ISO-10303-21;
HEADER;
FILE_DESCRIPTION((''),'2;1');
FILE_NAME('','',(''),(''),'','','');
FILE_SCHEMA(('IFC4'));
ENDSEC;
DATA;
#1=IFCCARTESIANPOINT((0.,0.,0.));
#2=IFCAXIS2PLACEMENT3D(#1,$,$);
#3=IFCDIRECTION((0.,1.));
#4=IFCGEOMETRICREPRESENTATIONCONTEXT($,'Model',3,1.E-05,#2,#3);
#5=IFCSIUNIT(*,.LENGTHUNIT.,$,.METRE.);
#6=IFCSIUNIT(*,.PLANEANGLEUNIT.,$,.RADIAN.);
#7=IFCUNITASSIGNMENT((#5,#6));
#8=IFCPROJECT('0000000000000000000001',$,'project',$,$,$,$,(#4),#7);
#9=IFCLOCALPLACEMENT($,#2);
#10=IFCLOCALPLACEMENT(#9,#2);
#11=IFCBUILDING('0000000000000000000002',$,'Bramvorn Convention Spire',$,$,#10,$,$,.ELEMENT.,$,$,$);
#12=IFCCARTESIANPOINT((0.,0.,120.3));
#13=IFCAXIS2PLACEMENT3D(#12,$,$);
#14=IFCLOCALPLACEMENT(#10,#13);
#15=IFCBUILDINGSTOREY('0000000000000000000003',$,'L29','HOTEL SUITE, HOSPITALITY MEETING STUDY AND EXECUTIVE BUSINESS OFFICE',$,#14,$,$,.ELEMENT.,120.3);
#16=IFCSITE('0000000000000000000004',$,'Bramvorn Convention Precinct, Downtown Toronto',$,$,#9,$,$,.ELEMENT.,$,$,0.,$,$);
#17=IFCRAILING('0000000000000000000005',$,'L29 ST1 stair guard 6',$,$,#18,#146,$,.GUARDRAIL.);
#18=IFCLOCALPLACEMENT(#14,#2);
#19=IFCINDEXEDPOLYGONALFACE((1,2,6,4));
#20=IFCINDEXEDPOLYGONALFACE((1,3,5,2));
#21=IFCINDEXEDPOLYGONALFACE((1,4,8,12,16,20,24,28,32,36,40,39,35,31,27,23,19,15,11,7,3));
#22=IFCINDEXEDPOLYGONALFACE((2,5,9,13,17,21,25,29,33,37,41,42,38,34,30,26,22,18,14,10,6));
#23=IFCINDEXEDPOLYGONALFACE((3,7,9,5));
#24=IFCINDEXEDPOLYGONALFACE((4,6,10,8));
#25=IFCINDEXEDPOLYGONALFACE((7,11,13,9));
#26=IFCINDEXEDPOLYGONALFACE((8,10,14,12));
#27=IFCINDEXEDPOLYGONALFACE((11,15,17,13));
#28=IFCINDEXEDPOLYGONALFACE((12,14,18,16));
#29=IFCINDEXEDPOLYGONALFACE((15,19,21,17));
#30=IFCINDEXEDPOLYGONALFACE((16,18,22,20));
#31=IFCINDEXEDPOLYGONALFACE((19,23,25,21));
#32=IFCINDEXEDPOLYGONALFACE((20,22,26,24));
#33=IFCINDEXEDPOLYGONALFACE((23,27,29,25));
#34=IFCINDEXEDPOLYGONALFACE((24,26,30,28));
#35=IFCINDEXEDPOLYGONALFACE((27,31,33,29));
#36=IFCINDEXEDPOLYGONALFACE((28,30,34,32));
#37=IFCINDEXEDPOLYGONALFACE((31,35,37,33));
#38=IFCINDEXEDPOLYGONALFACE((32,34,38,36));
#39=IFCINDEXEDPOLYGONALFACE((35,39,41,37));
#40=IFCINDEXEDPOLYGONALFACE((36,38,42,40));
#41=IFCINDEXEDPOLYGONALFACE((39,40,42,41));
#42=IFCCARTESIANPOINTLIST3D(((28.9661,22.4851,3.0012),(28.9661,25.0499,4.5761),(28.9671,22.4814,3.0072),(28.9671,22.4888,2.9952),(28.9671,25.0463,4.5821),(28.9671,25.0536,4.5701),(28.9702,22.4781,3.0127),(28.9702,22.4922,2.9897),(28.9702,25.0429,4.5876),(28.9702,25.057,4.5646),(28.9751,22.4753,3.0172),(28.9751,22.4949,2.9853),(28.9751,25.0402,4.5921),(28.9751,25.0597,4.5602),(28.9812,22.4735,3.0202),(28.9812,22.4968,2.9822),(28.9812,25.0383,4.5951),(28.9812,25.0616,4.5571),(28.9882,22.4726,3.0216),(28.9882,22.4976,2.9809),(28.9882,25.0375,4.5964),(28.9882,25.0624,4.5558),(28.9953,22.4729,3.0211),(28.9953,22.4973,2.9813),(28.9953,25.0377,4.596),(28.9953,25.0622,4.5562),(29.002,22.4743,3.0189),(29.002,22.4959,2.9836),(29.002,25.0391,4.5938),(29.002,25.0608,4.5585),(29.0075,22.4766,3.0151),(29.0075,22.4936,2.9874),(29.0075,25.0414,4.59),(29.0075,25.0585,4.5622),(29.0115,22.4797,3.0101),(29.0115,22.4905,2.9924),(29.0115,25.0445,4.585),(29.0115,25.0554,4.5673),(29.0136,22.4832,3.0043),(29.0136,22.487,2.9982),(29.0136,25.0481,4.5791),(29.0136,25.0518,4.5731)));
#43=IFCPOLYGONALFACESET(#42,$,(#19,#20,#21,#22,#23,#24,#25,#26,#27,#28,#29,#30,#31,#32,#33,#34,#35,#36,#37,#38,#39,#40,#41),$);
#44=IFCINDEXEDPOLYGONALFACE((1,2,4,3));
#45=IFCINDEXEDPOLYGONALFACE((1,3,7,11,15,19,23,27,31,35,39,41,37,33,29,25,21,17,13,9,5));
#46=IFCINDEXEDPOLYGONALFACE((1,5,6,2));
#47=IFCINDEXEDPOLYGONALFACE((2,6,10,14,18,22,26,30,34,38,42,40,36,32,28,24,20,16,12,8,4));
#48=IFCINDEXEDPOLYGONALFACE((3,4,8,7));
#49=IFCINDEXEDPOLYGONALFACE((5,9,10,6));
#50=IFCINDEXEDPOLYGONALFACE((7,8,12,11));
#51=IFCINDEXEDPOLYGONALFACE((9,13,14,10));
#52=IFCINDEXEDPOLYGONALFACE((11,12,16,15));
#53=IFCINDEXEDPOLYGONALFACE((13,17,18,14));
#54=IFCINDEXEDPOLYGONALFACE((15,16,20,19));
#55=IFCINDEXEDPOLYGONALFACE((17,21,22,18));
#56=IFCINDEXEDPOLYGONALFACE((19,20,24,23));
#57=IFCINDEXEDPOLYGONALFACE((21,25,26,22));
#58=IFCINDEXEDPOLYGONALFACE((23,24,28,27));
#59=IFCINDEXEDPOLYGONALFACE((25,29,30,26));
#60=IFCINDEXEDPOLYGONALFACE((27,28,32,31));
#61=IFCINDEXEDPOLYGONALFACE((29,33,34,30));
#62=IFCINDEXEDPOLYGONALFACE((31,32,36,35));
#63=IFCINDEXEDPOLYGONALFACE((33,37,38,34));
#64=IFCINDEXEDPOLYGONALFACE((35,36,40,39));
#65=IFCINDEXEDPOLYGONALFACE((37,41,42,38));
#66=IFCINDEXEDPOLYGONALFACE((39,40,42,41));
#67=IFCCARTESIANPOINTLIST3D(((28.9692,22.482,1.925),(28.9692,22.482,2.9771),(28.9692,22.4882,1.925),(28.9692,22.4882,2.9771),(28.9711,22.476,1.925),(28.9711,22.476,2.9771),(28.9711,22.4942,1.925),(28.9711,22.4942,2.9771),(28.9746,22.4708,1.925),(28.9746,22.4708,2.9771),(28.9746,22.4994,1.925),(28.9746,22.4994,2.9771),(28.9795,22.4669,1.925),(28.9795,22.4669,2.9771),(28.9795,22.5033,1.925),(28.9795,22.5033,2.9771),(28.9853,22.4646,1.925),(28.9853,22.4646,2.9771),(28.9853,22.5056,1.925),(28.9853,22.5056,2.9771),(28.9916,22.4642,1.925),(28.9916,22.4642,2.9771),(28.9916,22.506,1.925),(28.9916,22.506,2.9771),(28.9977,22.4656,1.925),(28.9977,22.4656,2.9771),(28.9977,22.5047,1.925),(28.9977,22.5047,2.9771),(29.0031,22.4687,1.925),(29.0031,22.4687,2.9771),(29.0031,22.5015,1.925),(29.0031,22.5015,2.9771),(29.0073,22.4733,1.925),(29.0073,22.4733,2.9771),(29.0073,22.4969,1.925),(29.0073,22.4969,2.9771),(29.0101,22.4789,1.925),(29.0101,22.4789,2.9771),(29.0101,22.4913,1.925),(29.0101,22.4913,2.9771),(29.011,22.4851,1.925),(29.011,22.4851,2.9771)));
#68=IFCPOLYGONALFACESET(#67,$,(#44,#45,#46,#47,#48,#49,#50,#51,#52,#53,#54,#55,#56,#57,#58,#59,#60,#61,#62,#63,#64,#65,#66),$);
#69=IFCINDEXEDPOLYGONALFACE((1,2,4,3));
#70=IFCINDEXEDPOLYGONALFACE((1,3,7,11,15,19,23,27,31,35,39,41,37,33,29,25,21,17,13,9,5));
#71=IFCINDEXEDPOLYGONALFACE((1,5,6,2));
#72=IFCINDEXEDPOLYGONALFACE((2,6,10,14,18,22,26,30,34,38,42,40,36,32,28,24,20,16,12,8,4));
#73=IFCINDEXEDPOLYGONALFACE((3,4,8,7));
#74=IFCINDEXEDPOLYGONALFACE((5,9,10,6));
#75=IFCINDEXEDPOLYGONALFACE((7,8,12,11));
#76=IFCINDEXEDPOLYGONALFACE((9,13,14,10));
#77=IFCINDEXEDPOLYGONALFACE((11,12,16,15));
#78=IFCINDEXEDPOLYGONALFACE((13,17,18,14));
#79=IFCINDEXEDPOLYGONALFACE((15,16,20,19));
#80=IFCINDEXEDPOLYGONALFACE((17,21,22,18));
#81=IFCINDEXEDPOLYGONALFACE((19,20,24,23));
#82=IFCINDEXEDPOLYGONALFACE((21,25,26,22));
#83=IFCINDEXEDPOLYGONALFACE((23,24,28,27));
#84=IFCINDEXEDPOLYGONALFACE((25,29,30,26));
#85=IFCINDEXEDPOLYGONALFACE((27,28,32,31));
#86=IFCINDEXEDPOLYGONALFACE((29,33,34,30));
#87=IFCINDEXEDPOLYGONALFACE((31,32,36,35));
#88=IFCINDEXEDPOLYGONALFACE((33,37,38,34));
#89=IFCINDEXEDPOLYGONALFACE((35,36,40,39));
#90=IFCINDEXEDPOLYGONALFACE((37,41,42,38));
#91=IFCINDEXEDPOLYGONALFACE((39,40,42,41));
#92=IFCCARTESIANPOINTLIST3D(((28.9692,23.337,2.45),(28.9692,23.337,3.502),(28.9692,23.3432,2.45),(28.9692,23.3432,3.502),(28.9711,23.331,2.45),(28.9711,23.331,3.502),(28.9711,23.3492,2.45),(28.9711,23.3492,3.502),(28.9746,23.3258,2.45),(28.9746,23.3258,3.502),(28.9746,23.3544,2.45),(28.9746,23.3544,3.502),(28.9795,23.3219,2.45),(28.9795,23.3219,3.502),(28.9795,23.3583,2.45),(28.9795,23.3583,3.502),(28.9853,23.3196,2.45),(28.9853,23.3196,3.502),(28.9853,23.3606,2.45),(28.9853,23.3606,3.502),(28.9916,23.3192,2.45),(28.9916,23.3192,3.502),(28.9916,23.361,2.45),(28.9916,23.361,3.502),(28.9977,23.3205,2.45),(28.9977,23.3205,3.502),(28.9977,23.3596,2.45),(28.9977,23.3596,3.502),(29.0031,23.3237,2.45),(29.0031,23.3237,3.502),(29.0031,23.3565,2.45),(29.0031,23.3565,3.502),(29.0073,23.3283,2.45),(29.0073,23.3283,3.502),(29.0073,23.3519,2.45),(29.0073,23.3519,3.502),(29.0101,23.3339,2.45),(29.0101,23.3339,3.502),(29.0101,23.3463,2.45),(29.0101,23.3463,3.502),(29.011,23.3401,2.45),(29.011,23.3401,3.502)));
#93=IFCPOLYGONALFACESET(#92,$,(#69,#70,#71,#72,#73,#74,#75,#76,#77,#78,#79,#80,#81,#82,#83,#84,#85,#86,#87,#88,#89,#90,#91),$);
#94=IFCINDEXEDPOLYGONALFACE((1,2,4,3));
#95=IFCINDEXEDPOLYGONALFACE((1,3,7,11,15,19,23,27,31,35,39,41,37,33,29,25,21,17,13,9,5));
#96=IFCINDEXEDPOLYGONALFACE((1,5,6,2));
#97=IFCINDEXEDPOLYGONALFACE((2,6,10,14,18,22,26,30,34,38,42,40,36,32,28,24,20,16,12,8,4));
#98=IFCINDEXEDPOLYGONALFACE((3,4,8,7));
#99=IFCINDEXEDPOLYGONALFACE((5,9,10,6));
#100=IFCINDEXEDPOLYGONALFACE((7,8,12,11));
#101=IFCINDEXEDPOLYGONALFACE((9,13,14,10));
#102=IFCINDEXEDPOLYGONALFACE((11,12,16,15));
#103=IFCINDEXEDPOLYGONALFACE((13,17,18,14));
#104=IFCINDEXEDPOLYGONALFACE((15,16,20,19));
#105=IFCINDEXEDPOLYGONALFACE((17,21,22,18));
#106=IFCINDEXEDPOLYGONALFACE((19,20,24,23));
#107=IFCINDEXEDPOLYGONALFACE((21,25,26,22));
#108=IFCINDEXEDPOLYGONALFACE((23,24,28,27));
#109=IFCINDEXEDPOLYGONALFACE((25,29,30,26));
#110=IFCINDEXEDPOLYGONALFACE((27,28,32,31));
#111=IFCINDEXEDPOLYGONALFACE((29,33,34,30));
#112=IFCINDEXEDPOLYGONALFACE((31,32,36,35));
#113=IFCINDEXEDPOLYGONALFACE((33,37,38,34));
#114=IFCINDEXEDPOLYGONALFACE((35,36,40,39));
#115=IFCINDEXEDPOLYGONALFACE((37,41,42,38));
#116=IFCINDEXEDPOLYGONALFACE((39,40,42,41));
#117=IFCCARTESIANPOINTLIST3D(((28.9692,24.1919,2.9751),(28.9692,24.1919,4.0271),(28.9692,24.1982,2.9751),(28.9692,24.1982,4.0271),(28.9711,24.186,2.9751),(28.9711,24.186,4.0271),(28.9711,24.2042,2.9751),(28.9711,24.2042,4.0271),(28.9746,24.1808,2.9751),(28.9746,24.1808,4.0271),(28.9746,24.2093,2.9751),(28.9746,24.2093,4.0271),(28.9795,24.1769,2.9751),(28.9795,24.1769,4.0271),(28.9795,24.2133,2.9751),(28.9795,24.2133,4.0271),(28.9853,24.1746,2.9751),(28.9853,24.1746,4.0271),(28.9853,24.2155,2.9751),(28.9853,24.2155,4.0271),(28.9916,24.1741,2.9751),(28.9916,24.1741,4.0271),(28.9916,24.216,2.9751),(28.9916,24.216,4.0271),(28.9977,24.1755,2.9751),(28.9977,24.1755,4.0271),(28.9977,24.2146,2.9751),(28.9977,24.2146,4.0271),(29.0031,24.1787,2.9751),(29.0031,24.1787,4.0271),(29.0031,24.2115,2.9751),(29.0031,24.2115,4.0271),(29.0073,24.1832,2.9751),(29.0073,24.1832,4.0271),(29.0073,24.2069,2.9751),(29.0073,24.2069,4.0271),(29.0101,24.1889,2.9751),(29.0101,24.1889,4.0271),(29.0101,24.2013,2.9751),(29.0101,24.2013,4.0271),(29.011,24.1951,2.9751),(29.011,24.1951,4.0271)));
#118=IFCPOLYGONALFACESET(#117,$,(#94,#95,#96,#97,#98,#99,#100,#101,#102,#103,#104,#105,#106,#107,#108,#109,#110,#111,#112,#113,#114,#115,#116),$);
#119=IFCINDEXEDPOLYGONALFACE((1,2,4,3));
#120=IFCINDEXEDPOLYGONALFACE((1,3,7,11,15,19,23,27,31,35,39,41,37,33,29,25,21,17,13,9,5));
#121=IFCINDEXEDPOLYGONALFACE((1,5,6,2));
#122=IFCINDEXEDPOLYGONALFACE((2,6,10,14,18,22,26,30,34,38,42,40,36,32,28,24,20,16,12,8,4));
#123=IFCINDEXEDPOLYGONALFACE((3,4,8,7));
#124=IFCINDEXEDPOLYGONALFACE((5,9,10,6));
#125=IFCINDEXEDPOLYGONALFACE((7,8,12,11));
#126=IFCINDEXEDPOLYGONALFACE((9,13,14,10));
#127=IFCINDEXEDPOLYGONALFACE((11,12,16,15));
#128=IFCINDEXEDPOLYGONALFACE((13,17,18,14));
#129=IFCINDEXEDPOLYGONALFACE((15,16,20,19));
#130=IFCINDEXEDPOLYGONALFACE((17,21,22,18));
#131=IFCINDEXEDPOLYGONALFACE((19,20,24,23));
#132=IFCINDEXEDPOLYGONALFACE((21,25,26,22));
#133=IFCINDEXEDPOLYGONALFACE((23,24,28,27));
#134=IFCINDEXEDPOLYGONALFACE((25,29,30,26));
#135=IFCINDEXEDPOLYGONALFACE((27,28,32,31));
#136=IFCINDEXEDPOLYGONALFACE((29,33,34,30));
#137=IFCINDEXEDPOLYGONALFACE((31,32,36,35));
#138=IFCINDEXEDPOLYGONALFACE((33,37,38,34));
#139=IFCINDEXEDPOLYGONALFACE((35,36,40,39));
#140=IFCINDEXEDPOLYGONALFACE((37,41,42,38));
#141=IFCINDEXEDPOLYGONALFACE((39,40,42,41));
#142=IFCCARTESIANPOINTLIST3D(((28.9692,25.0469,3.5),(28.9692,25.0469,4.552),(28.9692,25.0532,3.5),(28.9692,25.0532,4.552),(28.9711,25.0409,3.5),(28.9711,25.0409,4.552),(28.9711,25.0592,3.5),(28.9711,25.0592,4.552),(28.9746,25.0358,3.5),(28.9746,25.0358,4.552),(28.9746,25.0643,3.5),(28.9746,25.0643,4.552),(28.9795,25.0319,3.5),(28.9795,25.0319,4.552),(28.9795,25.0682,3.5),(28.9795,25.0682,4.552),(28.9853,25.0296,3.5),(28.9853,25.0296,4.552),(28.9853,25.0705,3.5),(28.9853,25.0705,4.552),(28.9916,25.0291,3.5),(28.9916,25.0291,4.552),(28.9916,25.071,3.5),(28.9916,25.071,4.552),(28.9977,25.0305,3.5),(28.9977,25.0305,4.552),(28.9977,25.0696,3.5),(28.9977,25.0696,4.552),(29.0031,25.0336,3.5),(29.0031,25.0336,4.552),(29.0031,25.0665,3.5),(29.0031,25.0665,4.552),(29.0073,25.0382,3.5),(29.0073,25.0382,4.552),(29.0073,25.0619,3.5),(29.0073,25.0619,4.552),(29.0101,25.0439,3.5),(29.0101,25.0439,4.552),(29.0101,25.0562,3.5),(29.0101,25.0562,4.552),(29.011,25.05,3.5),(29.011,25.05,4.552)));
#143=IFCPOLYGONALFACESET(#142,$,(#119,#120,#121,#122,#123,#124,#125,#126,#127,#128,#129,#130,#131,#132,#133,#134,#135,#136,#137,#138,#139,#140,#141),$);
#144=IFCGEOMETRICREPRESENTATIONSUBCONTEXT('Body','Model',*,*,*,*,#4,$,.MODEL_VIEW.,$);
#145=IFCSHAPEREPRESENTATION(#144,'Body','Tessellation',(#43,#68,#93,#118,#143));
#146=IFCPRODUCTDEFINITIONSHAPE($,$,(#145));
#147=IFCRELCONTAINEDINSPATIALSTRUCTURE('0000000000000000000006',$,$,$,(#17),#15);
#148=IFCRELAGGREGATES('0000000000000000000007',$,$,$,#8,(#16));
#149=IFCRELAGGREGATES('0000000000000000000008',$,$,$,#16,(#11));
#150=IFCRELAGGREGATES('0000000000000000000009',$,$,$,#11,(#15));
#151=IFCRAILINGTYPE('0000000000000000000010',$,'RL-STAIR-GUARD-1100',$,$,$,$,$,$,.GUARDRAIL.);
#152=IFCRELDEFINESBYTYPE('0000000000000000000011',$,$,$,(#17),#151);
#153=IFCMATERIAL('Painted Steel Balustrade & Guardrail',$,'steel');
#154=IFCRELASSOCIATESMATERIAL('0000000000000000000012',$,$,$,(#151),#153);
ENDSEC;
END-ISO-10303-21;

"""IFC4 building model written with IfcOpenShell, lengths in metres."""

from ifc_helpers import new_model, si_unit, direction, frame, origin, origin_2d, place, context, subcontext, project, spatial, circle, extrude, material, type_object, element, save


model = new_model("IFC4")

# Units and contexts
model_context = context("Model", 3, precision=1e-05, world=origin(), true_north=direction((0.0, 1.0)))
body_context = subcontext(model_context, "Body", "Model", "MODEL_VIEW")
ifc_project = project(units=[si_unit("LENGTHUNIT", "METRE"), si_unit("PLANEANGLEUNIT", "RADIAN")], contexts=[model_context])

# Site, building, storey
site_placement = place(None, origin())
site = spatial("IfcSite", under=ifc_project, at=site_placement, Name="Bramvorn Convention Precinct, Downtown Toronto", CompositionType="ELEMENT", RefElevation=0.0)
building_placement = place(site_placement, origin())
building = spatial("IfcBuilding", under=site, at=building_placement, Name="Bramvorn Convention Spire", CompositionType="ELEMENT")
storey_placement = place(building_placement, frame((0.0, 0.0, 120.3)))
storey = spatial("IfcBuildingStorey", under=building, at=storey_placement, Name="L29", Description="HOTEL SUITE, HOSPITALITY MEETING STUDY AND EXECUTIVE BUSINESS OFFICE", CompositionType="ELEMENT", Elevation=120.3)

# Railing
ifc_material_1 = material(Name="Painted Steel Balustrade & Guardrail", Category="steel")
railing_type_1 = type_object("IfcRailingType", Name="RL-STAIR-GUARD-1100", PredefinedType="GUARDRAIL", material=ifc_material_1)
railing_1_placement = place(storey_placement, frame((28.99, 22.4851, 1.925)))
element("IfcRailing", 1, at=railing_1_placement, inside=storey, type_object=railing_type_1, Name="L29 ST1 stair guard 6", PredefinedType="GUARDRAIL", context=body_context, shape_type="SweptSolid", body=[
    extrude(circle(Radius=0.0239, at=origin_2d()), frame((0.0, 0.0, 1.0762), z_axis=(0.0, 0.852173, 0.52326), x_axis=(-1.0, 0.0, 0.0)), (0.0, 0.0, 1.0), 3.0098),
    extrude(circle(Radius=0.021, at=origin_2d()), origin(), (0.0, 0.0, 1.0), 1.052),
    extrude(circle(Radius=0.021, at=origin_2d()), frame((0.0, 0.855, 0.5249)), (0.0, 0.0, 1.0), 1.052),
    extrude(circle(Radius=0.021, at=origin_2d()), frame((0.0, 1.71, 1.05)), (0.0, 0.0, 1.0), 1.052),
    extrude(circle(Radius=0.021, at=origin_2d()), frame((0.0, 2.5649, 1.575)), (0.0, 0.0, 1.0), 1.052),
])

save(model, "model.ifc")
